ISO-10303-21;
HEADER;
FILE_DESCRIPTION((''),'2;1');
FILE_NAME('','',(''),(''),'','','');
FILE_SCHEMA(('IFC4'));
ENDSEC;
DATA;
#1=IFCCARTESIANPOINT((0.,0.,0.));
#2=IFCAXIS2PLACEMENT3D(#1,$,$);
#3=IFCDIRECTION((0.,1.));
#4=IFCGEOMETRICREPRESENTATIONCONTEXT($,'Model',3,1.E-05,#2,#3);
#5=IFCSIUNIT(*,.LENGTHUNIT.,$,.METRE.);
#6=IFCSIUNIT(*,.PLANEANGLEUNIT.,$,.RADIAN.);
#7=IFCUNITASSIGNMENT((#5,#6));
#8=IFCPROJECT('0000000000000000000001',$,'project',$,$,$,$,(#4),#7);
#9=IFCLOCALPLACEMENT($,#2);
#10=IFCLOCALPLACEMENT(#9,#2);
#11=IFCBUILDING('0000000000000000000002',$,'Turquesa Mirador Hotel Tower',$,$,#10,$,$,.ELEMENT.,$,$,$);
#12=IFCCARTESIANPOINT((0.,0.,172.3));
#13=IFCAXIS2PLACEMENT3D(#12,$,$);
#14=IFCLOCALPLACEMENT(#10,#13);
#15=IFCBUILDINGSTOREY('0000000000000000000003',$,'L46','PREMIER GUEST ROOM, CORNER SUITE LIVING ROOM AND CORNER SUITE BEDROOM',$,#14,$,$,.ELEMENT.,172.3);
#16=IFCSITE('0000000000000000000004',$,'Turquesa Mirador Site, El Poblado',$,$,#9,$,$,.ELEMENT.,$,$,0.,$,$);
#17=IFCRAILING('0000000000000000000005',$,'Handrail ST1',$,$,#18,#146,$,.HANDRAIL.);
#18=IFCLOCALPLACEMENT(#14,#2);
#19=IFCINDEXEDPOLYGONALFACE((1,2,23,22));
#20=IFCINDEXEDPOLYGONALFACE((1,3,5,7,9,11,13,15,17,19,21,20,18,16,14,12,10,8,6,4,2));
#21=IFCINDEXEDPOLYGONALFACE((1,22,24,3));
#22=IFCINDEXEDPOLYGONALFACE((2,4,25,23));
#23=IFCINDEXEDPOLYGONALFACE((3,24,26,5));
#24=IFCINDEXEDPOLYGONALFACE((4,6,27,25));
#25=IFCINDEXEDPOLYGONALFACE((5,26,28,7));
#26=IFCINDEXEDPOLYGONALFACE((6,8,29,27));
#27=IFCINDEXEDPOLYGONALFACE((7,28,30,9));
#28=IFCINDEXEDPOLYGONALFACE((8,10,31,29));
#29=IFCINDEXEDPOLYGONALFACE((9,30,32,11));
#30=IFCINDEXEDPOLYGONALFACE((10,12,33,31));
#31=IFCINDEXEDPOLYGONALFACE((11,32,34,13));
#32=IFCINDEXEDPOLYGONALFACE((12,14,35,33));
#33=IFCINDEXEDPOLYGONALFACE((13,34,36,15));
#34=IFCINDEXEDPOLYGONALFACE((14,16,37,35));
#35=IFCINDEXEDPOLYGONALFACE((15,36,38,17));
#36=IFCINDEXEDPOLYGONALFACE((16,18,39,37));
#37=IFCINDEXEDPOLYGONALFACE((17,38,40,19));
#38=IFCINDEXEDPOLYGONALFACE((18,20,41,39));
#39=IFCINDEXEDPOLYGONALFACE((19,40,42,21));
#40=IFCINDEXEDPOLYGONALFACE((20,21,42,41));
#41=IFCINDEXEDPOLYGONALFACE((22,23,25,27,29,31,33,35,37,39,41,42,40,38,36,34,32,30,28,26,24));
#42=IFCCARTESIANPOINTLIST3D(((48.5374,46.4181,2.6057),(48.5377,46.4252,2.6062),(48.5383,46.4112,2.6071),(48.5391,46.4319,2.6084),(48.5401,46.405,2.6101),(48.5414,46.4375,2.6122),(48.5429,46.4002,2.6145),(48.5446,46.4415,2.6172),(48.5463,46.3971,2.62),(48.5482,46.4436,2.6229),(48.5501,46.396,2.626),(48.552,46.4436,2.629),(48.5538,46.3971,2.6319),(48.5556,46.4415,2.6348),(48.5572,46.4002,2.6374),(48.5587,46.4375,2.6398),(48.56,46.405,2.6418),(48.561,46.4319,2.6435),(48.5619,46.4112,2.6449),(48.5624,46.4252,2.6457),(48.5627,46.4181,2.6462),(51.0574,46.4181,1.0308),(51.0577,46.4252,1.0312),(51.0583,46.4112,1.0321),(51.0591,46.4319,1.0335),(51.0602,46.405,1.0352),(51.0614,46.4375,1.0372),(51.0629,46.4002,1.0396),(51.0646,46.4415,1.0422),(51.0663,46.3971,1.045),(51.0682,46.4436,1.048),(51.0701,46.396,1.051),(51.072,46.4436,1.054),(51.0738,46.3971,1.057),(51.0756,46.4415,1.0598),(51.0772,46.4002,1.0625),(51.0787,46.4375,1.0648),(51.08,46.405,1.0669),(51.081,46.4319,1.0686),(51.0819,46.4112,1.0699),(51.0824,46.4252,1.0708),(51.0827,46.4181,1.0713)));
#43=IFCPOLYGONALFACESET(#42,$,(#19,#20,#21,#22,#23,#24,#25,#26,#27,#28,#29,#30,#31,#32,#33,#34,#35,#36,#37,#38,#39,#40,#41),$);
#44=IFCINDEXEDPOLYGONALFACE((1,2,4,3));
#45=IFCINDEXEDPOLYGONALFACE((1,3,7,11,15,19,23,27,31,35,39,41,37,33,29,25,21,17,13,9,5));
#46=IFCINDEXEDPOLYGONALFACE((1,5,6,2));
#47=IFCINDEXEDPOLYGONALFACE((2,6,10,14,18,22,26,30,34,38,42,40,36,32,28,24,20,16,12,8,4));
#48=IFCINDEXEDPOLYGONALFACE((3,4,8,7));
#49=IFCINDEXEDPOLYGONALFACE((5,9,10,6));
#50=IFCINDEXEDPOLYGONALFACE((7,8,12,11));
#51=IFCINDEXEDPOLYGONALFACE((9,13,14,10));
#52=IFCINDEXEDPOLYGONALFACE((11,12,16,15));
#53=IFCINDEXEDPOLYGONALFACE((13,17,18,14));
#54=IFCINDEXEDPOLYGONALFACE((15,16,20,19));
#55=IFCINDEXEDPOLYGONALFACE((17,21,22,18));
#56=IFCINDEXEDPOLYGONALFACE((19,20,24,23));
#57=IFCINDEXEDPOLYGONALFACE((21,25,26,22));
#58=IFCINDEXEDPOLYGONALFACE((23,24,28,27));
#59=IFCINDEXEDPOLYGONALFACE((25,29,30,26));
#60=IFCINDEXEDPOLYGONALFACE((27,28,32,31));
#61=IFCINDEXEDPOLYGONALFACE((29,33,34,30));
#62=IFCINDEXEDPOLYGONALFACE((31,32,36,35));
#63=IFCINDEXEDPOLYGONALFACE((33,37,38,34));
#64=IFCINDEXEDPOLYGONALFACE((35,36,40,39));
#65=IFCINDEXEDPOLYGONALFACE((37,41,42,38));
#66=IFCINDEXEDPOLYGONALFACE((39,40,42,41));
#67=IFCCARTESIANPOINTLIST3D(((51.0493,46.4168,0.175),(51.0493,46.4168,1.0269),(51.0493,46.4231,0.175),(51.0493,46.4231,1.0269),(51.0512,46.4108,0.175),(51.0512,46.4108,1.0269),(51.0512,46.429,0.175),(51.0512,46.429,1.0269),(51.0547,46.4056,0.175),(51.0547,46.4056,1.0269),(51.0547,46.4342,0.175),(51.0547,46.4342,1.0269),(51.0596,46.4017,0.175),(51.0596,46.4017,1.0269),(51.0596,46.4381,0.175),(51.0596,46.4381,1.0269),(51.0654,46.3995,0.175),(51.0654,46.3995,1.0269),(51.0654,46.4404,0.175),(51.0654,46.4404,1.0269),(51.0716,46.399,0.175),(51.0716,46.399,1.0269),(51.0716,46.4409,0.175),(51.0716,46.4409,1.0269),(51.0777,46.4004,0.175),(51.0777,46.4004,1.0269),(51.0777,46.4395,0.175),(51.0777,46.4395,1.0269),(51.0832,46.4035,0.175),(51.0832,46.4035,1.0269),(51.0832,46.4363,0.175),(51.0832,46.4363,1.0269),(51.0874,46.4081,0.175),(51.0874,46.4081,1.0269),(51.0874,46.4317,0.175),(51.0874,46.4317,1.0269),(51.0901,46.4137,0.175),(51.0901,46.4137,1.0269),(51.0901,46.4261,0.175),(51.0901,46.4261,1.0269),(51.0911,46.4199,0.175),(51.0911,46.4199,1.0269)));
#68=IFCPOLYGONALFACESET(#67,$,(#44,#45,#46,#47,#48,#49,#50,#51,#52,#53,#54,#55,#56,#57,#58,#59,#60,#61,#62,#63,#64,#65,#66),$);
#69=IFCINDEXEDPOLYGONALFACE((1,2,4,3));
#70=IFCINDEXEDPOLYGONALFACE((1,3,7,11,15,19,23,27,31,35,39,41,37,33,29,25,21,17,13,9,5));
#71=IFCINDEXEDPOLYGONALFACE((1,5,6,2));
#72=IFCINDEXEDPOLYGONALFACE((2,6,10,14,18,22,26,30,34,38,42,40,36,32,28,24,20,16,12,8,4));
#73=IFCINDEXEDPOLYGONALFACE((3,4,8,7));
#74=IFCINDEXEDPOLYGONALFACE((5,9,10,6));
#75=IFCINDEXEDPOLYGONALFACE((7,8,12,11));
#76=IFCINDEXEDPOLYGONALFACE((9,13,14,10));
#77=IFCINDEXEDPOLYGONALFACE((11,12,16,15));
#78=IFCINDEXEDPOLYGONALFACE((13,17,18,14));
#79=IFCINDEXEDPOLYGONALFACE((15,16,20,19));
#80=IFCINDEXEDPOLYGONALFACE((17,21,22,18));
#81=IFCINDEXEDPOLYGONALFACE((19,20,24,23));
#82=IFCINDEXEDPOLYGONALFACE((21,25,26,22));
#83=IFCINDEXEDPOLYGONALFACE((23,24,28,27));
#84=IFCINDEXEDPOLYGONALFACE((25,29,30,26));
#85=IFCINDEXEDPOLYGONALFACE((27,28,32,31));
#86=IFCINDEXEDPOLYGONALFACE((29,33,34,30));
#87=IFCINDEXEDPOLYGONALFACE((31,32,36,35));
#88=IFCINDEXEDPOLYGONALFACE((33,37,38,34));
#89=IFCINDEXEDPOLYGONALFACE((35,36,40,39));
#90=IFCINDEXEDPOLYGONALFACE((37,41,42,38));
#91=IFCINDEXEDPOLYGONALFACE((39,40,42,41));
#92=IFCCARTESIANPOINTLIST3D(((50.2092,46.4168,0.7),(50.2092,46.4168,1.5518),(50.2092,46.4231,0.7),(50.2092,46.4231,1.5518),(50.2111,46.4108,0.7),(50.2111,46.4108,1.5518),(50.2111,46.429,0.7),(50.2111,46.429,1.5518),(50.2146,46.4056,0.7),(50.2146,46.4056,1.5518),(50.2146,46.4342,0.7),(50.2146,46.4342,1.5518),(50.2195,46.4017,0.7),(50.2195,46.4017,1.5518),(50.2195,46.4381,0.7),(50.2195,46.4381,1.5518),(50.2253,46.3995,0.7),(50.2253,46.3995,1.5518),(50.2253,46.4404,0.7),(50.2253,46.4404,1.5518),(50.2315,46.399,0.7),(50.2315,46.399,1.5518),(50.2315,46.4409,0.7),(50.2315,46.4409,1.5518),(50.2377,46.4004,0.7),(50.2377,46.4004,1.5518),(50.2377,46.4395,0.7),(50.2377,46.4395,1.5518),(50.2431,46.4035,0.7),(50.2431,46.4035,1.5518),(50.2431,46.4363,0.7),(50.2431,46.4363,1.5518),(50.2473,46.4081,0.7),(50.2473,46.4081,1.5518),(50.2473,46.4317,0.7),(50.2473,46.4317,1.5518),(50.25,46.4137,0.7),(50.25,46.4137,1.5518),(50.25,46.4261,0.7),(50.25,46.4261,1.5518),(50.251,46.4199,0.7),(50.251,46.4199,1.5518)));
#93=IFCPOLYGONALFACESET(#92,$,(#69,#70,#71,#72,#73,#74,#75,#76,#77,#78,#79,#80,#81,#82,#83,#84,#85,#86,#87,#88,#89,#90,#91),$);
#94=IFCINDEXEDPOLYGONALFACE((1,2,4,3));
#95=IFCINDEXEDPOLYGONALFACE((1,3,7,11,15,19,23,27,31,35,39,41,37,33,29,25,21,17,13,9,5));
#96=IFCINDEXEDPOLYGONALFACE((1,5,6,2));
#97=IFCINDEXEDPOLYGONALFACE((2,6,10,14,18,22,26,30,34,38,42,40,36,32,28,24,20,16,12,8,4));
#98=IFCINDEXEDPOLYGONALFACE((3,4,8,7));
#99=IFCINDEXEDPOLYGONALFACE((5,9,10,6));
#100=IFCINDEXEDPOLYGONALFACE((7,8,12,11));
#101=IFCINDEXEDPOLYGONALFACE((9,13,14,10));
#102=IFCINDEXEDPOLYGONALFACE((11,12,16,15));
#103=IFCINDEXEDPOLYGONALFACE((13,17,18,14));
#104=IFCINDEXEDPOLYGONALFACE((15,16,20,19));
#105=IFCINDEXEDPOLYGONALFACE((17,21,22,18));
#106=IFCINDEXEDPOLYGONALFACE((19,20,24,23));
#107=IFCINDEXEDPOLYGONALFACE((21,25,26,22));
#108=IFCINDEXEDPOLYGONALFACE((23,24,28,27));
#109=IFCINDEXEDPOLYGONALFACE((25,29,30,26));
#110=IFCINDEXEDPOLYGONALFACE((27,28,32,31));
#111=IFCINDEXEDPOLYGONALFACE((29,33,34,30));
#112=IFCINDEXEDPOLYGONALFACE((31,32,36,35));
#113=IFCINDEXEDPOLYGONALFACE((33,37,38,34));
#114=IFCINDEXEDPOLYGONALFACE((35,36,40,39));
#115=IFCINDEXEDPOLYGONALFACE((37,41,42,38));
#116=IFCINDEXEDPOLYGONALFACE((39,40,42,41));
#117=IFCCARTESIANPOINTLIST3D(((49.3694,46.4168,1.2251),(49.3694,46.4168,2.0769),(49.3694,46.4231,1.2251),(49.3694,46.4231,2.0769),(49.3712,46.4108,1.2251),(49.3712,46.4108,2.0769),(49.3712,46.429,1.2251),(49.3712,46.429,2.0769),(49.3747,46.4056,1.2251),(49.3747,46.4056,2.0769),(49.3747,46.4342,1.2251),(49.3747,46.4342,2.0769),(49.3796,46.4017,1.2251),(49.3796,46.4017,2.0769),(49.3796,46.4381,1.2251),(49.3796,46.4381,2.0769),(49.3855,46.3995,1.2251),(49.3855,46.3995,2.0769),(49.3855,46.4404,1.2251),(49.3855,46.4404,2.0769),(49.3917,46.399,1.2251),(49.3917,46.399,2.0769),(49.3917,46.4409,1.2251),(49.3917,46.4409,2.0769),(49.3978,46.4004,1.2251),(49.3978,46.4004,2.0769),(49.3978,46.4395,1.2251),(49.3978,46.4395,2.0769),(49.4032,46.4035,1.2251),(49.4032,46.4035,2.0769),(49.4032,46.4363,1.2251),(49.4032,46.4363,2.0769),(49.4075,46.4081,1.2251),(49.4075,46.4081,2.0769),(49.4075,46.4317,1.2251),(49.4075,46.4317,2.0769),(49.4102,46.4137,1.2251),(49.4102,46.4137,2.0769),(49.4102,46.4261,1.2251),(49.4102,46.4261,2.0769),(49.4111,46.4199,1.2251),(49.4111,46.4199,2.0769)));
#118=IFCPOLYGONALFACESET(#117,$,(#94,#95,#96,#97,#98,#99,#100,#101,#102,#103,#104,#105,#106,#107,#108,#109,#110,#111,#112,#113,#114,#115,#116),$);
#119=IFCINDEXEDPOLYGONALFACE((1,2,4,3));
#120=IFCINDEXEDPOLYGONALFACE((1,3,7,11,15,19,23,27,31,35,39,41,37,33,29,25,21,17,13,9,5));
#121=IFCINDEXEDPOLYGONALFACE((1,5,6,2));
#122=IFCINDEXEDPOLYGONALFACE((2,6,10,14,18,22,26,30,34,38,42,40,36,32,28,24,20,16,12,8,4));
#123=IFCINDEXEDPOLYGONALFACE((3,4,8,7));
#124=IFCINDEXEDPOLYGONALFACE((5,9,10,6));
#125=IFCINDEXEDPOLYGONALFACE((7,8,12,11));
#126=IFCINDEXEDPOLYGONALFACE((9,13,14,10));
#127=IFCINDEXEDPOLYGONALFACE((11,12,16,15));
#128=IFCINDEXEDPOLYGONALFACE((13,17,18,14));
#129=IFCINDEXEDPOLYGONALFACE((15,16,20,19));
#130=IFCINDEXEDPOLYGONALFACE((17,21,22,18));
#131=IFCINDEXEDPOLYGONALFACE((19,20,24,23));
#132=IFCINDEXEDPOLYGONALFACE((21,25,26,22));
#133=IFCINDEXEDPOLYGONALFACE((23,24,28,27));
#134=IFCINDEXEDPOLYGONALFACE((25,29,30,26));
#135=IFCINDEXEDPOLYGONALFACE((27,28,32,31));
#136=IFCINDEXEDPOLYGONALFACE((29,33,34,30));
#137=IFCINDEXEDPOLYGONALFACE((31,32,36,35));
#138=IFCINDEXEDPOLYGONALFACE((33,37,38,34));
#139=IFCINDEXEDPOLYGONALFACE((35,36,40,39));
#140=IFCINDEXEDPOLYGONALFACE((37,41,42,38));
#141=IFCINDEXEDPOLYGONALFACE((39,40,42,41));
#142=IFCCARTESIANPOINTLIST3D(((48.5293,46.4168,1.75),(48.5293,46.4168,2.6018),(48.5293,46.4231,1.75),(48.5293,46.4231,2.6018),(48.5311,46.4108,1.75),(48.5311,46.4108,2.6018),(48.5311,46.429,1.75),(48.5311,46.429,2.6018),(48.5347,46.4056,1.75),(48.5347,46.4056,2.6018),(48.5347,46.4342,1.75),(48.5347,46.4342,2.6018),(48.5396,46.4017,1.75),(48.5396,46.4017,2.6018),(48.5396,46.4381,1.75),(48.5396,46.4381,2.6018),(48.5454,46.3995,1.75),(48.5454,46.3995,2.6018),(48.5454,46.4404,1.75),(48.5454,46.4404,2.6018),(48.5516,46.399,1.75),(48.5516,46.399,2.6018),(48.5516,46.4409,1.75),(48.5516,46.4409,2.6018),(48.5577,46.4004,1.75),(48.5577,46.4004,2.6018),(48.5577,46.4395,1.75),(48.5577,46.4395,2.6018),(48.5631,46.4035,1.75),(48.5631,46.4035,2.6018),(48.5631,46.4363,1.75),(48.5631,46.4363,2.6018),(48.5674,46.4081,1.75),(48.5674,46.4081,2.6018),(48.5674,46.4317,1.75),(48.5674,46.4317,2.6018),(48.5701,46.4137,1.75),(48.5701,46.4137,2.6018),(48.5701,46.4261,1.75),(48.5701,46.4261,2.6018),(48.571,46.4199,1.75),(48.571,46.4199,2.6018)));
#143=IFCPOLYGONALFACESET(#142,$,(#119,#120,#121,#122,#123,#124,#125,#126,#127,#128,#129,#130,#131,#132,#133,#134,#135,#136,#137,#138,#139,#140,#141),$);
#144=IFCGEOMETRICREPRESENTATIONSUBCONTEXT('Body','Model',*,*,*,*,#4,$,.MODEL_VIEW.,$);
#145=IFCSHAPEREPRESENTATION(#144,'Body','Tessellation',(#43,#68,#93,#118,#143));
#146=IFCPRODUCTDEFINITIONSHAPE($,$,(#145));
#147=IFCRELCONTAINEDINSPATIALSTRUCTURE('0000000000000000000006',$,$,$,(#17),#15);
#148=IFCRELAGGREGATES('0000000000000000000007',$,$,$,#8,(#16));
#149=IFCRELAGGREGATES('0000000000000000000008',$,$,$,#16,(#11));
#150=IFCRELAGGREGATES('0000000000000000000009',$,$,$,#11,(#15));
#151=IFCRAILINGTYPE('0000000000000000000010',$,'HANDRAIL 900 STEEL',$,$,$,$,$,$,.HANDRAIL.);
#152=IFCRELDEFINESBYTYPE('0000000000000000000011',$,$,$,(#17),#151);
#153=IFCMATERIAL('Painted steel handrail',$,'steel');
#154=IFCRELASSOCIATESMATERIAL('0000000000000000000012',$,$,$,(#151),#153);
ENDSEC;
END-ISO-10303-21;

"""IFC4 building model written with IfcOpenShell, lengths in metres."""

from ifc_helpers import new_model, si_unit, direction, frame, origin, origin_2d, place, context, subcontext, project, spatial, circle, extrude, material, type_object, element, save


model = new_model("IFC4")

# Units and contexts
model_context = context("Model", 3, precision=1e-05, world=origin(), true_north=direction((0.0, 1.0)))
body_context = subcontext(model_context, "Body", "Model", "MODEL_VIEW")
ifc_project = project(units=[si_unit("LENGTHUNIT", "METRE"), si_unit("PLANEANGLEUNIT", "RADIAN")], contexts=[model_context])

# Site, building, storey
site_placement = place(None, origin())
site = spatial("IfcSite", under=ifc_project, at=site_placement, Name="Turquesa Mirador Site, El Poblado", CompositionType="ELEMENT", RefElevation=0.0)
building_placement = place(site_placement, origin())
building = spatial("IfcBuilding", under=site, at=building_placement, Name="Turquesa Mirador Hotel Tower", CompositionType="ELEMENT")
storey_placement = place(building_placement, frame((0.0, 0.0, 172.3)))
storey = spatial("IfcBuildingStorey", under=building, at=storey_placement, Name="L46", Description="PREMIER GUEST ROOM, CORNER SUITE LIVING ROOM AND CORNER SUITE BEDROOM", CompositionType="ELEMENT", Elevation=172.3)

# Railing
ifc_material_1 = material(Name="Painted steel handrail", Category="steel")
railing_type = type_object("IfcRailingType", Name="HANDRAIL 900 STEEL", PredefinedType="HANDRAIL", material=ifc_material_1)
for number, where, name in (
    (1, (51.0701, 46.4199, 0.175), "Handrail ST1"),
):
    element("IfcRailing", number, at=place(storey_placement, frame(where)), inside=storey, type_object=railing_type, Name=name, PredefinedType="HANDRAIL", context=body_context, shape_type="SweptSolid", body=[
        extrude(circle(Radius=0.0239, at=origin_2d()), frame((0.0, 0.0, 0.876), z_axis=(-0.848008, 0.0, 0.529984), x_axis=(0.0, -1.0, 0.0)), (0.0, 0.0, 1.0), 2.9717),
        extrude(circle(Radius=0.021, at=origin_2d()), origin(), (0.0, 0.0, 1.0), 0.8518),
        extrude(circle(Radius=0.021, at=origin_2d()), frame((-0.8401, 0.0, 0.5249)), (0.0, 0.0, 1.0), 0.8518),
        extrude(circle(Radius=0.021, at=origin_2d()), frame((-1.6799, 0.0, 1.05)), (0.0, 0.0, 1.0), 0.8518),
        extrude(circle(Radius=0.021, at=origin_2d()), frame((-2.52, 0.0, 1.575)), (0.0, 0.0, 1.0), 0.8518),
    ])

save(model, "model.ifc")
